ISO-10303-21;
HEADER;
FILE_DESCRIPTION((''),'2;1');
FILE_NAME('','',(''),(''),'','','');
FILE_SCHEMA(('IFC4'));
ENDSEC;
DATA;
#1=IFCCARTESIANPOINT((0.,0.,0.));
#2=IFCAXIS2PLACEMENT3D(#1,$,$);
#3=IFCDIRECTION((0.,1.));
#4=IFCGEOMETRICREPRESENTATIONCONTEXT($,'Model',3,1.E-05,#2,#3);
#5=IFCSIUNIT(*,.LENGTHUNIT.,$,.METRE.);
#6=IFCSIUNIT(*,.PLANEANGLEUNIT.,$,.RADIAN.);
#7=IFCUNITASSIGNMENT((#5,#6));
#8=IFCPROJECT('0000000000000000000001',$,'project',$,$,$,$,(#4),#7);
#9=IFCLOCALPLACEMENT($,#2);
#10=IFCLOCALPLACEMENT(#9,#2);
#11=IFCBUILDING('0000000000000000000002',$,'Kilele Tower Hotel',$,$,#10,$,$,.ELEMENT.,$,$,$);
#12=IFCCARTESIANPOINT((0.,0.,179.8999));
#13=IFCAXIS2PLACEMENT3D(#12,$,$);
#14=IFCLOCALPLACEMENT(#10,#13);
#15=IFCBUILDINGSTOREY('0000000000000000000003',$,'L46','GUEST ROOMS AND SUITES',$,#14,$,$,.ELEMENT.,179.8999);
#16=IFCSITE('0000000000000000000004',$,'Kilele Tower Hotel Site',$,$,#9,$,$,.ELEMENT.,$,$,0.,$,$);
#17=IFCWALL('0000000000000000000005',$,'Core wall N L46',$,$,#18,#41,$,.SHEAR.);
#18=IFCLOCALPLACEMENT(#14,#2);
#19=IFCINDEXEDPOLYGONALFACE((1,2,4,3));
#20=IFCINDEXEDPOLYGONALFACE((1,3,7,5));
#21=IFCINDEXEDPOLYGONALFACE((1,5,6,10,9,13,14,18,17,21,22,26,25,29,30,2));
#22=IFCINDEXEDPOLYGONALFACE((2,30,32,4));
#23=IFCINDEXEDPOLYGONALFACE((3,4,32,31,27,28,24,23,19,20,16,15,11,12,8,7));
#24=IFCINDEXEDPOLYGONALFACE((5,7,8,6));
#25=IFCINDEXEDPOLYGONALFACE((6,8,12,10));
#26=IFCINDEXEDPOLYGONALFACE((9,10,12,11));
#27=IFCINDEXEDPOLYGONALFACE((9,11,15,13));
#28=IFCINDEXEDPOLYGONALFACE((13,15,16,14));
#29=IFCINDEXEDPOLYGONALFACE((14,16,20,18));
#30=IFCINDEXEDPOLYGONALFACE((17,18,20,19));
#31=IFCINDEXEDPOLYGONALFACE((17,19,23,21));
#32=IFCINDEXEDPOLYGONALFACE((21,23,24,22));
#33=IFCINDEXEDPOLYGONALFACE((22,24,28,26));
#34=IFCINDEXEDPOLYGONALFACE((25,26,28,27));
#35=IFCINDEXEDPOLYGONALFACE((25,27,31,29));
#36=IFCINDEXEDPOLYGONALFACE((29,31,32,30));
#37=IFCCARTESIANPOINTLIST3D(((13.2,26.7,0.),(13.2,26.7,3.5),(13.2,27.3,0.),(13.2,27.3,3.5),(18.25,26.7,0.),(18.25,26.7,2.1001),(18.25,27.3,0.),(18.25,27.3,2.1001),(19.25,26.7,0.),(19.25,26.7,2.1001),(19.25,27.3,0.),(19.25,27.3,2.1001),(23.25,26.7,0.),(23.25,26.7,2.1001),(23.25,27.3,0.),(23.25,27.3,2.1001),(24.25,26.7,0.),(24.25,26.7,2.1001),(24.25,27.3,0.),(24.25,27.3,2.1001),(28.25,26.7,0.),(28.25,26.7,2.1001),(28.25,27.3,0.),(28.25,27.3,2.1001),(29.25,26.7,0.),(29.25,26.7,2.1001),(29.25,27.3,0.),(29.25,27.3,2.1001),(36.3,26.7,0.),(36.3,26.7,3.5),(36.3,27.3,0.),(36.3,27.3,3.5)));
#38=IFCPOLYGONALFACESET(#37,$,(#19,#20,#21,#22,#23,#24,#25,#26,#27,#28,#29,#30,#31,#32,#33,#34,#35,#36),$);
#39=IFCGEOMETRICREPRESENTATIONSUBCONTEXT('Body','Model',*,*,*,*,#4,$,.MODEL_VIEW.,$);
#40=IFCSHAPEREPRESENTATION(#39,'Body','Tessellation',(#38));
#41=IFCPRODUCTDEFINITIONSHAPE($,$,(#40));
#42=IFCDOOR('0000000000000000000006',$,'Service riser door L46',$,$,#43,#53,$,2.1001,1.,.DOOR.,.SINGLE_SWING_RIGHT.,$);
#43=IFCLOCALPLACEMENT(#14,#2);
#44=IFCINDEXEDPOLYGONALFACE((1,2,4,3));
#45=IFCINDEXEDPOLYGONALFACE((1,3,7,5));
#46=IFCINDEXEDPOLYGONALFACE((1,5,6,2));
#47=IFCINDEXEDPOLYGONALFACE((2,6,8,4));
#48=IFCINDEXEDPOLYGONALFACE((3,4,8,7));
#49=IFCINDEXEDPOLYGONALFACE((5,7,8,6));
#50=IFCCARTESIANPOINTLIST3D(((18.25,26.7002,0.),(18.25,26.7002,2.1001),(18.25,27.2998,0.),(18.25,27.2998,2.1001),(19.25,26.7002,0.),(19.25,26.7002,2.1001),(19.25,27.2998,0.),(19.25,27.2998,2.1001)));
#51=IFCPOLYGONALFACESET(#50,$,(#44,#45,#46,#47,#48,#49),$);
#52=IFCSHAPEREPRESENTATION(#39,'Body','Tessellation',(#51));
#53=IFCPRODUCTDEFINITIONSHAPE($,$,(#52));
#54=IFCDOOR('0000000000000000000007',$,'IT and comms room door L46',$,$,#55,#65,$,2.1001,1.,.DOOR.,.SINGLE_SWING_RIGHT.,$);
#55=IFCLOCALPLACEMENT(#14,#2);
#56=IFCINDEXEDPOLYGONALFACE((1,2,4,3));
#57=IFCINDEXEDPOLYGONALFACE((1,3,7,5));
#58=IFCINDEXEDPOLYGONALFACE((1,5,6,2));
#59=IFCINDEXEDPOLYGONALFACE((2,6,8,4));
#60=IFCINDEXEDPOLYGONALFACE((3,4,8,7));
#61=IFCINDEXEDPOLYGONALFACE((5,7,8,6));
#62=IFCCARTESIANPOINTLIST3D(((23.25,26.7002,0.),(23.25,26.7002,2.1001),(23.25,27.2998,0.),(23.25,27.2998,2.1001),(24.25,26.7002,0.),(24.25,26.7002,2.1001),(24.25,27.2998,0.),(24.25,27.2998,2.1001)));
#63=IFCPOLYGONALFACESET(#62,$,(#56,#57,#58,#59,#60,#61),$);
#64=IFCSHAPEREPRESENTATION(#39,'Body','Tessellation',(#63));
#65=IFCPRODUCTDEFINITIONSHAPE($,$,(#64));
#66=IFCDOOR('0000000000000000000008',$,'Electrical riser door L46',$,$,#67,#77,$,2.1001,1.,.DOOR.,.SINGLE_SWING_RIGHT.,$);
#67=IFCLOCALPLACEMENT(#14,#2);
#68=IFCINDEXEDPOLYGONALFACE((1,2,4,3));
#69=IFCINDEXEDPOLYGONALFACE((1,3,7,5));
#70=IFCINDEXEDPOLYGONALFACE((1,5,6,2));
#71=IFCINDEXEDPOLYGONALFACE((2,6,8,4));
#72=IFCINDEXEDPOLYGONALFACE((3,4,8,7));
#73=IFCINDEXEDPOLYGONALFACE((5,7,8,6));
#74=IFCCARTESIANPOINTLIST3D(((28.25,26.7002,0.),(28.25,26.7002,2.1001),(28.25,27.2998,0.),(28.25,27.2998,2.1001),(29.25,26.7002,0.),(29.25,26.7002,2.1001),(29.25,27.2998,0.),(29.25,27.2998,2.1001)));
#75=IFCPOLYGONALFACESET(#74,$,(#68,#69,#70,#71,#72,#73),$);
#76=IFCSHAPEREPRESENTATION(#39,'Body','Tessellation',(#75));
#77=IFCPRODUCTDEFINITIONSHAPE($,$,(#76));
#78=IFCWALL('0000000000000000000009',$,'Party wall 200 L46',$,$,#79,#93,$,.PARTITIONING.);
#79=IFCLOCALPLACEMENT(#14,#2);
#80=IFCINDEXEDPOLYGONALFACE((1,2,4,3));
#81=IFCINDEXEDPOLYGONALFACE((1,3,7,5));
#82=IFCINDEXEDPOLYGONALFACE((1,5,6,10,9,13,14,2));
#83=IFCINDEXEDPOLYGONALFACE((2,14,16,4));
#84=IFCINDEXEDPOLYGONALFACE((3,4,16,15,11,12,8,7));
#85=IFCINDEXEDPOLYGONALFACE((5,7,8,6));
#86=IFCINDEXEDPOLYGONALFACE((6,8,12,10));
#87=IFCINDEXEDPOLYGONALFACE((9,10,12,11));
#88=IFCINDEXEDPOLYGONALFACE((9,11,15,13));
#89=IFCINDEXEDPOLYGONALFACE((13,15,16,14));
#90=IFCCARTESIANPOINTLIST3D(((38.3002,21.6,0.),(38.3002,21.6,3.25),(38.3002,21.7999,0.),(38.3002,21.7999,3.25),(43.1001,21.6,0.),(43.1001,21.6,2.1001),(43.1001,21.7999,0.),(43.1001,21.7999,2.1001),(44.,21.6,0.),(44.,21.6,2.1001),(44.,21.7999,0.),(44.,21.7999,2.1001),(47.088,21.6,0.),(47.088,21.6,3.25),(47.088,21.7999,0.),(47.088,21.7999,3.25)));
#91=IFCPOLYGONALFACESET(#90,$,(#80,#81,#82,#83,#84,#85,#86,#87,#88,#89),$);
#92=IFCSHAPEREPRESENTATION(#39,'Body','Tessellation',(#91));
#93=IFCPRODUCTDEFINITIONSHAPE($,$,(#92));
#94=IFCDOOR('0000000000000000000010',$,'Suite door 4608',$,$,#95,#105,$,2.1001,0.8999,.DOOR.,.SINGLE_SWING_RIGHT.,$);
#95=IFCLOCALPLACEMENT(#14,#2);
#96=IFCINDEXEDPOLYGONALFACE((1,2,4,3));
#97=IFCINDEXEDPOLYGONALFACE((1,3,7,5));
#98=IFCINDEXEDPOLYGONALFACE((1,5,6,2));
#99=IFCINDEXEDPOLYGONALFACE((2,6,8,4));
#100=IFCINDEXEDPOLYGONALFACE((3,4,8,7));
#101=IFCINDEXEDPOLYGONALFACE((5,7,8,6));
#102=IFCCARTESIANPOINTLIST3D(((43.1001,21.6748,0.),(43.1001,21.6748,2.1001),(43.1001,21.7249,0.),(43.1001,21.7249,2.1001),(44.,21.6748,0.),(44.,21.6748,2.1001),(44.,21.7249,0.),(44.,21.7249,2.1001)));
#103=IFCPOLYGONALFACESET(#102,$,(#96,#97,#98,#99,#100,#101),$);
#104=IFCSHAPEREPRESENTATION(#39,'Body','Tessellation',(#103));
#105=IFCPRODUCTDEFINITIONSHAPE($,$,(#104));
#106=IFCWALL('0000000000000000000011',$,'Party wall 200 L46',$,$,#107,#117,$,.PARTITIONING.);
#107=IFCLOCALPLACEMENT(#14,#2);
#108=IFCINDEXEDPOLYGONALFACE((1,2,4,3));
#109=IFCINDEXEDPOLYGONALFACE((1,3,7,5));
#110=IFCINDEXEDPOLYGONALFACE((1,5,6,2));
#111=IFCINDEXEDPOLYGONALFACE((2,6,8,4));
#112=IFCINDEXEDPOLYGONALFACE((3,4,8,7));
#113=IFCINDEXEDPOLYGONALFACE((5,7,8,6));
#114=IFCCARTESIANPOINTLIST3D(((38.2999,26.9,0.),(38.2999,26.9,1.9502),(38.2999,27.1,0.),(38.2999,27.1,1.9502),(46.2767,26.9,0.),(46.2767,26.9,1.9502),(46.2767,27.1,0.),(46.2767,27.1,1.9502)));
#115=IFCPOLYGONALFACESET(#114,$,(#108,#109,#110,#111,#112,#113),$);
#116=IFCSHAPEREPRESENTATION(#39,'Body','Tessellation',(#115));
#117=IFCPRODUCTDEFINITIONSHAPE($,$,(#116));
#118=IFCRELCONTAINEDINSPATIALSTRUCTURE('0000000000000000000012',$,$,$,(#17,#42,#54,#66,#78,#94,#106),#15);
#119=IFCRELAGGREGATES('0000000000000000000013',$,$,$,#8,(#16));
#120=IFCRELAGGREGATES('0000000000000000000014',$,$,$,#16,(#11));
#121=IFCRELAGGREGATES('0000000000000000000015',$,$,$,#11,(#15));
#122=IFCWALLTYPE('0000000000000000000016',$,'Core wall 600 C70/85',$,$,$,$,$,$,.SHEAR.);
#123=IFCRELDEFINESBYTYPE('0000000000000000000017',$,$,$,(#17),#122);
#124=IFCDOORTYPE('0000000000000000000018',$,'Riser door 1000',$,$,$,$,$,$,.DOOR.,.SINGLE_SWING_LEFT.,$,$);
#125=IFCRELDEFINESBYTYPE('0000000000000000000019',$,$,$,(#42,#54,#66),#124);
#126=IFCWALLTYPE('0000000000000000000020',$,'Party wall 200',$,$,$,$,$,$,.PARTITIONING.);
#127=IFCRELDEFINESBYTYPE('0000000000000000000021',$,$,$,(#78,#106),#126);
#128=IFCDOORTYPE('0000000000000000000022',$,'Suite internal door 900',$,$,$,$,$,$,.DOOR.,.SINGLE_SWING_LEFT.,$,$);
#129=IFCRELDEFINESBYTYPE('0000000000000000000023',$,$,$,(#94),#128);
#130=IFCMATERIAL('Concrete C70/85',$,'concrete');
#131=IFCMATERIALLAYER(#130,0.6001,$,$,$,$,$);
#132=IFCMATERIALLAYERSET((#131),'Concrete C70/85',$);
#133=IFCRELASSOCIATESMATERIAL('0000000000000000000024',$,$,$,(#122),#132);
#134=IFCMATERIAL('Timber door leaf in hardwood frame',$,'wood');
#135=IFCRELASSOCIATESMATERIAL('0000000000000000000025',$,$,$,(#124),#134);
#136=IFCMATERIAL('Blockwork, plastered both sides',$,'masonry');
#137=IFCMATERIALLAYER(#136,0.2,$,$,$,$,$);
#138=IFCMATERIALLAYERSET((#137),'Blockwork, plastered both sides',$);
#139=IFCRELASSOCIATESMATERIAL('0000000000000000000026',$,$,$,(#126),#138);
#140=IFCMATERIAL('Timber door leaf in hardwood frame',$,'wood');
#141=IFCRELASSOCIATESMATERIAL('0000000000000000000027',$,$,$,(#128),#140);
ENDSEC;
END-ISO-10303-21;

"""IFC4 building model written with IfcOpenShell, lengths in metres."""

from ifc_helpers import new_model, si_unit, direction, frame, frame_2d, origin, place, context, subcontext, project, spatial, rectangle, extrude, material, layer, layer_set, type_object, element, fill, save


model = new_model("IFC4")

# Units and contexts
model_context = context("Model", 3, precision=1e-05, world=origin(), true_north=direction((0.0, 1.0)))
body_context = subcontext(model_context, "Body", "Model", "MODEL_VIEW")
ifc_project = project(units=[si_unit("LENGTHUNIT", "METRE"), si_unit("PLANEANGLEUNIT", "RADIAN")], contexts=[model_context])

# Site, building, storey
site_placement = place(None, origin())
site = spatial("IfcSite", under=ifc_project, at=site_placement, Name="Kilele Tower Hotel Site", CompositionType="ELEMENT", RefElevation=0.0)
building_placement = place(site_placement, origin())
building = spatial("IfcBuilding", under=site, at=building_placement, Name="Kilele Tower Hotel", CompositionType="ELEMENT")
storey_placement = place(building_placement, frame((0.0, 0.0, 179.8999)))
storey = spatial("IfcBuildingStorey", under=building, at=storey_placement, Name="L46", Description="GUEST ROOMS AND SUITES", CompositionType="ELEMENT", Elevation=179.8999)

# Wall, openings, doors
ifc_material_1 = material(Name="Concrete C70/85", Category="concrete")
ifc_layer_1 = layer(ifc_material_1, 0.6001)
ifc_layer_set_1 = layer_set([ifc_layer_1], Name="Concrete C70/85")
wall_type_1 = type_object("IfcWallType", Name="Core wall 600 C70/85", PredefinedType="SHEAR", material=ifc_layer_set_1)
wall_1_placement = place(storey_placement, frame((36.3, 27.0, 0.0), z_axis=(0.0, 0.0, 1.0), x_axis=(-1.0, 0.0, 0.0)))
wall_1 = element("IfcWall", 1, at=wall_1_placement, inside=storey, type_object=wall_type_1, Name="Core wall N L46", PredefinedType="SHEAR", context=body_context, shape_type="SweptSolid", body=[
    extrude(rectangle(XDim=23.1001, YDim=0.6001, at=frame_2d((11.55, 0.0))), origin(), (0.0, 0.0, 1.0), 3.5),
])
opening_1_placement = place(wall_1_placement, frame((17.05, 0.0, 0.0)))
opening_1 = element("IfcOpeningElement", 2, at=opening_1_placement, cuts=wall_1, PredefinedType="OPENING", context=body_context, shape_type="SweptSolid", body=[
    extrude(rectangle(XDim=1.0, YDim=2.1001, at=frame_2d((0.5, 1.05))), frame((0.0, 0.3101, 0.0), z_axis=(0.0, -1.0, 0.0), x_axis=(1.0, 0.0, 0.0)), (0.0, 0.0, 1.0), 0.6201),
])
opening_2_placement = place(wall_1_placement, frame((12.05, 0.0, 0.0)))
opening_2 = element("IfcOpeningElement", 3, at=opening_2_placement, cuts=wall_1, PredefinedType="OPENING", context=body_context, shape_type="SweptSolid", body=[
    extrude(rectangle(XDim=1.0, YDim=2.1001, at=frame_2d((0.5, 1.05))), frame((0.0, 0.3101, 0.0), z_axis=(0.0, -1.0, 0.0), x_axis=(1.0, 0.0, 0.0)), (0.0, 0.0, 1.0), 0.6201),
])
opening_3_placement = place(wall_1_placement, frame((7.05, 0.0, 0.0)))
opening_3 = element("IfcOpeningElement", 4, at=opening_3_placement, cuts=wall_1, PredefinedType="OPENING", context=body_context, shape_type="SweptSolid", body=[
    extrude(rectangle(XDim=1.0, YDim=2.1001, at=frame_2d((0.5, 1.05))), frame((0.0, 0.3101, 0.0), z_axis=(0.0, -1.0, 0.0), x_axis=(1.0, 0.0, 0.0)), (0.0, 0.0, 1.0), 0.6201),
])
ifc_material_2 = material(Name="Timber door leaf in hardwood frame", Category="wood")
door_type_1 = type_object("IfcDoorType", Name="Riser door 1000", OperationType="SINGLE_SWING_LEFT", PredefinedType="DOOR", material=ifc_material_2)
door_1_placement = place(opening_1_placement, origin())
door_1 = element("IfcDoor", 5, at=door_1_placement, inside=storey, type_object=door_type_1, Name="Service riser door L46", OperationType="SINGLE_SWING_RIGHT", OverallHeight=2.1001, OverallWidth=1.0, PredefinedType="DOOR", context=body_context, shape_type="SweptSolid", body=[
    extrude(rectangle(XDim=1.0, YDim=2.1001, at=frame_2d((0.5, 1.05))), frame((0.0, 0.2998, 0.0), z_axis=(0.0, -1.0, 0.0), x_axis=(1.0, 0.0, 0.0)), (0.0, 0.0, 1.0), 0.5996),
])
fill(opening_1, door_1)
door_2_placement = place(opening_2_placement, origin())
door_2 = element("IfcDoor", 6, at=door_2_placement, inside=storey, type_object=door_type_1, Name="IT and comms room door L46", OperationType="SINGLE_SWING_RIGHT", OverallHeight=2.1001, OverallWidth=1.0, PredefinedType="DOOR", context=body_context, shape_type="SweptSolid", body=[
    extrude(rectangle(XDim=1.0, YDim=2.1001, at=frame_2d((0.5, 1.05))), frame((0.0, 0.2998, 0.0), z_axis=(0.0, -1.0, 0.0), x_axis=(1.0, 0.0, 0.0)), (0.0, 0.0, 1.0), 0.5996),
])
fill(opening_2, door_2)
door_3_placement = place(opening_3_placement, origin())
door_3 = element("IfcDoor", 7, at=door_3_placement, inside=storey, type_object=door_type_1, Name="Electrical riser door L46", OperationType="SINGLE_SWING_RIGHT", OverallHeight=2.1001, OverallWidth=1.0, PredefinedType="DOOR", context=body_context, shape_type="SweptSolid", body=[
    extrude(rectangle(XDim=1.0, YDim=2.1001, at=frame_2d((0.5, 1.05))), frame((0.0, 0.2998, 0.0), z_axis=(0.0, -1.0, 0.0), x_axis=(1.0, 0.0, 0.0)), (0.0, 0.0, 1.0), 0.5996),
])
fill(opening_3, door_3)

# Wall, opening, door
ifc_material_3 = material(Name="Blockwork, plastered both sides", Category="masonry")
ifc_layer_2 = layer(ifc_material_3, 0.2)
ifc_layer_set_2 = layer_set([ifc_layer_2], Name="Blockwork, plastered both sides")
wall_type_2 = type_object("IfcWallType", Name="Party wall 200", PredefinedType="PARTITIONING", material=ifc_layer_set_2)
wall_2_placement = place(storey_placement, frame((38.3, 21.7, 0.0), z_axis=(0.0, 0.0, 1.0), x_axis=(1.0, 0.0, 0.0)))
wall_2 = element("IfcWall", 8, at=wall_2_placement, inside=storey, type_object=wall_type_2, Name="Party wall 200 L46", PredefinedType="PARTITIONING", context=body_context, shape_type="SweptSolid", body=[
    extrude(rectangle(XDim=8.7878, YDim=0.2, at=frame_2d((4.394, 0.0))), origin(), (0.0, 0.0, 1.0), 3.25),
])
opening_4_placement = place(wall_2_placement, frame((4.8, 0.0, 0.0)))
opening_4 = element("IfcOpeningElement", 9, at=opening_4_placement, cuts=wall_2, PredefinedType="OPENING", context=body_context, shape_type="SweptSolid", body=[
    extrude(rectangle(XDim=0.8999, YDim=2.1001, at=frame_2d((0.45, 1.05))), frame((0.0, 0.1099, 0.0), z_axis=(0.0, -1.0, 0.0), x_axis=(1.0, 0.0, 0.0)), (0.0, 0.0, 1.0), 0.22),
])
ifc_material_4 = material(Name="Timber door leaf in hardwood frame", Category="wood")
door_type_2 = type_object("IfcDoorType", Name="Suite internal door 900", OperationType="SINGLE_SWING_LEFT", PredefinedType="DOOR", material=ifc_material_4)
door_4_placement = place(opening_4_placement, origin())
door_4 = element("IfcDoor", 10, at=door_4_placement, inside=storey, type_object=door_type_2, Name="Suite door 4608", OperationType="SINGLE_SWING_RIGHT", OverallHeight=2.1001, OverallWidth=0.8999, PredefinedType="DOOR", context=body_context, shape_type="SweptSolid", body=[
    extrude(rectangle(XDim=0.8999, YDim=2.1001, at=frame_2d((0.45, 1.05))), frame((0.0, 0.0249, 0.0), z_axis=(0.0, -1.0, 0.0), x_axis=(1.0, 0.0, 0.0)), (0.0, 0.0, 1.0), 0.05),
])
fill(opening_4, door_4)

# Wall
wall_3_placement = place(storey_placement, frame((38.3, 27.0, 0.0), z_axis=(0.0, 0.0, 1.0), x_axis=(1.0, 0.0, 0.0)))
element("IfcWall", 11, at=wall_3_placement, inside=storey, type_object=wall_type_2, Name="Party wall 200 L46", PredefinedType="PARTITIONING", context=body_context, shape_type="SweptSolid", body=[
    extrude(rectangle(XDim=7.9768, YDim=0.2, at=frame_2d((3.9883, 0.0))), origin(), (0.0, 0.0, 1.0), 1.9502),
])

save(model, "model.ifc")
